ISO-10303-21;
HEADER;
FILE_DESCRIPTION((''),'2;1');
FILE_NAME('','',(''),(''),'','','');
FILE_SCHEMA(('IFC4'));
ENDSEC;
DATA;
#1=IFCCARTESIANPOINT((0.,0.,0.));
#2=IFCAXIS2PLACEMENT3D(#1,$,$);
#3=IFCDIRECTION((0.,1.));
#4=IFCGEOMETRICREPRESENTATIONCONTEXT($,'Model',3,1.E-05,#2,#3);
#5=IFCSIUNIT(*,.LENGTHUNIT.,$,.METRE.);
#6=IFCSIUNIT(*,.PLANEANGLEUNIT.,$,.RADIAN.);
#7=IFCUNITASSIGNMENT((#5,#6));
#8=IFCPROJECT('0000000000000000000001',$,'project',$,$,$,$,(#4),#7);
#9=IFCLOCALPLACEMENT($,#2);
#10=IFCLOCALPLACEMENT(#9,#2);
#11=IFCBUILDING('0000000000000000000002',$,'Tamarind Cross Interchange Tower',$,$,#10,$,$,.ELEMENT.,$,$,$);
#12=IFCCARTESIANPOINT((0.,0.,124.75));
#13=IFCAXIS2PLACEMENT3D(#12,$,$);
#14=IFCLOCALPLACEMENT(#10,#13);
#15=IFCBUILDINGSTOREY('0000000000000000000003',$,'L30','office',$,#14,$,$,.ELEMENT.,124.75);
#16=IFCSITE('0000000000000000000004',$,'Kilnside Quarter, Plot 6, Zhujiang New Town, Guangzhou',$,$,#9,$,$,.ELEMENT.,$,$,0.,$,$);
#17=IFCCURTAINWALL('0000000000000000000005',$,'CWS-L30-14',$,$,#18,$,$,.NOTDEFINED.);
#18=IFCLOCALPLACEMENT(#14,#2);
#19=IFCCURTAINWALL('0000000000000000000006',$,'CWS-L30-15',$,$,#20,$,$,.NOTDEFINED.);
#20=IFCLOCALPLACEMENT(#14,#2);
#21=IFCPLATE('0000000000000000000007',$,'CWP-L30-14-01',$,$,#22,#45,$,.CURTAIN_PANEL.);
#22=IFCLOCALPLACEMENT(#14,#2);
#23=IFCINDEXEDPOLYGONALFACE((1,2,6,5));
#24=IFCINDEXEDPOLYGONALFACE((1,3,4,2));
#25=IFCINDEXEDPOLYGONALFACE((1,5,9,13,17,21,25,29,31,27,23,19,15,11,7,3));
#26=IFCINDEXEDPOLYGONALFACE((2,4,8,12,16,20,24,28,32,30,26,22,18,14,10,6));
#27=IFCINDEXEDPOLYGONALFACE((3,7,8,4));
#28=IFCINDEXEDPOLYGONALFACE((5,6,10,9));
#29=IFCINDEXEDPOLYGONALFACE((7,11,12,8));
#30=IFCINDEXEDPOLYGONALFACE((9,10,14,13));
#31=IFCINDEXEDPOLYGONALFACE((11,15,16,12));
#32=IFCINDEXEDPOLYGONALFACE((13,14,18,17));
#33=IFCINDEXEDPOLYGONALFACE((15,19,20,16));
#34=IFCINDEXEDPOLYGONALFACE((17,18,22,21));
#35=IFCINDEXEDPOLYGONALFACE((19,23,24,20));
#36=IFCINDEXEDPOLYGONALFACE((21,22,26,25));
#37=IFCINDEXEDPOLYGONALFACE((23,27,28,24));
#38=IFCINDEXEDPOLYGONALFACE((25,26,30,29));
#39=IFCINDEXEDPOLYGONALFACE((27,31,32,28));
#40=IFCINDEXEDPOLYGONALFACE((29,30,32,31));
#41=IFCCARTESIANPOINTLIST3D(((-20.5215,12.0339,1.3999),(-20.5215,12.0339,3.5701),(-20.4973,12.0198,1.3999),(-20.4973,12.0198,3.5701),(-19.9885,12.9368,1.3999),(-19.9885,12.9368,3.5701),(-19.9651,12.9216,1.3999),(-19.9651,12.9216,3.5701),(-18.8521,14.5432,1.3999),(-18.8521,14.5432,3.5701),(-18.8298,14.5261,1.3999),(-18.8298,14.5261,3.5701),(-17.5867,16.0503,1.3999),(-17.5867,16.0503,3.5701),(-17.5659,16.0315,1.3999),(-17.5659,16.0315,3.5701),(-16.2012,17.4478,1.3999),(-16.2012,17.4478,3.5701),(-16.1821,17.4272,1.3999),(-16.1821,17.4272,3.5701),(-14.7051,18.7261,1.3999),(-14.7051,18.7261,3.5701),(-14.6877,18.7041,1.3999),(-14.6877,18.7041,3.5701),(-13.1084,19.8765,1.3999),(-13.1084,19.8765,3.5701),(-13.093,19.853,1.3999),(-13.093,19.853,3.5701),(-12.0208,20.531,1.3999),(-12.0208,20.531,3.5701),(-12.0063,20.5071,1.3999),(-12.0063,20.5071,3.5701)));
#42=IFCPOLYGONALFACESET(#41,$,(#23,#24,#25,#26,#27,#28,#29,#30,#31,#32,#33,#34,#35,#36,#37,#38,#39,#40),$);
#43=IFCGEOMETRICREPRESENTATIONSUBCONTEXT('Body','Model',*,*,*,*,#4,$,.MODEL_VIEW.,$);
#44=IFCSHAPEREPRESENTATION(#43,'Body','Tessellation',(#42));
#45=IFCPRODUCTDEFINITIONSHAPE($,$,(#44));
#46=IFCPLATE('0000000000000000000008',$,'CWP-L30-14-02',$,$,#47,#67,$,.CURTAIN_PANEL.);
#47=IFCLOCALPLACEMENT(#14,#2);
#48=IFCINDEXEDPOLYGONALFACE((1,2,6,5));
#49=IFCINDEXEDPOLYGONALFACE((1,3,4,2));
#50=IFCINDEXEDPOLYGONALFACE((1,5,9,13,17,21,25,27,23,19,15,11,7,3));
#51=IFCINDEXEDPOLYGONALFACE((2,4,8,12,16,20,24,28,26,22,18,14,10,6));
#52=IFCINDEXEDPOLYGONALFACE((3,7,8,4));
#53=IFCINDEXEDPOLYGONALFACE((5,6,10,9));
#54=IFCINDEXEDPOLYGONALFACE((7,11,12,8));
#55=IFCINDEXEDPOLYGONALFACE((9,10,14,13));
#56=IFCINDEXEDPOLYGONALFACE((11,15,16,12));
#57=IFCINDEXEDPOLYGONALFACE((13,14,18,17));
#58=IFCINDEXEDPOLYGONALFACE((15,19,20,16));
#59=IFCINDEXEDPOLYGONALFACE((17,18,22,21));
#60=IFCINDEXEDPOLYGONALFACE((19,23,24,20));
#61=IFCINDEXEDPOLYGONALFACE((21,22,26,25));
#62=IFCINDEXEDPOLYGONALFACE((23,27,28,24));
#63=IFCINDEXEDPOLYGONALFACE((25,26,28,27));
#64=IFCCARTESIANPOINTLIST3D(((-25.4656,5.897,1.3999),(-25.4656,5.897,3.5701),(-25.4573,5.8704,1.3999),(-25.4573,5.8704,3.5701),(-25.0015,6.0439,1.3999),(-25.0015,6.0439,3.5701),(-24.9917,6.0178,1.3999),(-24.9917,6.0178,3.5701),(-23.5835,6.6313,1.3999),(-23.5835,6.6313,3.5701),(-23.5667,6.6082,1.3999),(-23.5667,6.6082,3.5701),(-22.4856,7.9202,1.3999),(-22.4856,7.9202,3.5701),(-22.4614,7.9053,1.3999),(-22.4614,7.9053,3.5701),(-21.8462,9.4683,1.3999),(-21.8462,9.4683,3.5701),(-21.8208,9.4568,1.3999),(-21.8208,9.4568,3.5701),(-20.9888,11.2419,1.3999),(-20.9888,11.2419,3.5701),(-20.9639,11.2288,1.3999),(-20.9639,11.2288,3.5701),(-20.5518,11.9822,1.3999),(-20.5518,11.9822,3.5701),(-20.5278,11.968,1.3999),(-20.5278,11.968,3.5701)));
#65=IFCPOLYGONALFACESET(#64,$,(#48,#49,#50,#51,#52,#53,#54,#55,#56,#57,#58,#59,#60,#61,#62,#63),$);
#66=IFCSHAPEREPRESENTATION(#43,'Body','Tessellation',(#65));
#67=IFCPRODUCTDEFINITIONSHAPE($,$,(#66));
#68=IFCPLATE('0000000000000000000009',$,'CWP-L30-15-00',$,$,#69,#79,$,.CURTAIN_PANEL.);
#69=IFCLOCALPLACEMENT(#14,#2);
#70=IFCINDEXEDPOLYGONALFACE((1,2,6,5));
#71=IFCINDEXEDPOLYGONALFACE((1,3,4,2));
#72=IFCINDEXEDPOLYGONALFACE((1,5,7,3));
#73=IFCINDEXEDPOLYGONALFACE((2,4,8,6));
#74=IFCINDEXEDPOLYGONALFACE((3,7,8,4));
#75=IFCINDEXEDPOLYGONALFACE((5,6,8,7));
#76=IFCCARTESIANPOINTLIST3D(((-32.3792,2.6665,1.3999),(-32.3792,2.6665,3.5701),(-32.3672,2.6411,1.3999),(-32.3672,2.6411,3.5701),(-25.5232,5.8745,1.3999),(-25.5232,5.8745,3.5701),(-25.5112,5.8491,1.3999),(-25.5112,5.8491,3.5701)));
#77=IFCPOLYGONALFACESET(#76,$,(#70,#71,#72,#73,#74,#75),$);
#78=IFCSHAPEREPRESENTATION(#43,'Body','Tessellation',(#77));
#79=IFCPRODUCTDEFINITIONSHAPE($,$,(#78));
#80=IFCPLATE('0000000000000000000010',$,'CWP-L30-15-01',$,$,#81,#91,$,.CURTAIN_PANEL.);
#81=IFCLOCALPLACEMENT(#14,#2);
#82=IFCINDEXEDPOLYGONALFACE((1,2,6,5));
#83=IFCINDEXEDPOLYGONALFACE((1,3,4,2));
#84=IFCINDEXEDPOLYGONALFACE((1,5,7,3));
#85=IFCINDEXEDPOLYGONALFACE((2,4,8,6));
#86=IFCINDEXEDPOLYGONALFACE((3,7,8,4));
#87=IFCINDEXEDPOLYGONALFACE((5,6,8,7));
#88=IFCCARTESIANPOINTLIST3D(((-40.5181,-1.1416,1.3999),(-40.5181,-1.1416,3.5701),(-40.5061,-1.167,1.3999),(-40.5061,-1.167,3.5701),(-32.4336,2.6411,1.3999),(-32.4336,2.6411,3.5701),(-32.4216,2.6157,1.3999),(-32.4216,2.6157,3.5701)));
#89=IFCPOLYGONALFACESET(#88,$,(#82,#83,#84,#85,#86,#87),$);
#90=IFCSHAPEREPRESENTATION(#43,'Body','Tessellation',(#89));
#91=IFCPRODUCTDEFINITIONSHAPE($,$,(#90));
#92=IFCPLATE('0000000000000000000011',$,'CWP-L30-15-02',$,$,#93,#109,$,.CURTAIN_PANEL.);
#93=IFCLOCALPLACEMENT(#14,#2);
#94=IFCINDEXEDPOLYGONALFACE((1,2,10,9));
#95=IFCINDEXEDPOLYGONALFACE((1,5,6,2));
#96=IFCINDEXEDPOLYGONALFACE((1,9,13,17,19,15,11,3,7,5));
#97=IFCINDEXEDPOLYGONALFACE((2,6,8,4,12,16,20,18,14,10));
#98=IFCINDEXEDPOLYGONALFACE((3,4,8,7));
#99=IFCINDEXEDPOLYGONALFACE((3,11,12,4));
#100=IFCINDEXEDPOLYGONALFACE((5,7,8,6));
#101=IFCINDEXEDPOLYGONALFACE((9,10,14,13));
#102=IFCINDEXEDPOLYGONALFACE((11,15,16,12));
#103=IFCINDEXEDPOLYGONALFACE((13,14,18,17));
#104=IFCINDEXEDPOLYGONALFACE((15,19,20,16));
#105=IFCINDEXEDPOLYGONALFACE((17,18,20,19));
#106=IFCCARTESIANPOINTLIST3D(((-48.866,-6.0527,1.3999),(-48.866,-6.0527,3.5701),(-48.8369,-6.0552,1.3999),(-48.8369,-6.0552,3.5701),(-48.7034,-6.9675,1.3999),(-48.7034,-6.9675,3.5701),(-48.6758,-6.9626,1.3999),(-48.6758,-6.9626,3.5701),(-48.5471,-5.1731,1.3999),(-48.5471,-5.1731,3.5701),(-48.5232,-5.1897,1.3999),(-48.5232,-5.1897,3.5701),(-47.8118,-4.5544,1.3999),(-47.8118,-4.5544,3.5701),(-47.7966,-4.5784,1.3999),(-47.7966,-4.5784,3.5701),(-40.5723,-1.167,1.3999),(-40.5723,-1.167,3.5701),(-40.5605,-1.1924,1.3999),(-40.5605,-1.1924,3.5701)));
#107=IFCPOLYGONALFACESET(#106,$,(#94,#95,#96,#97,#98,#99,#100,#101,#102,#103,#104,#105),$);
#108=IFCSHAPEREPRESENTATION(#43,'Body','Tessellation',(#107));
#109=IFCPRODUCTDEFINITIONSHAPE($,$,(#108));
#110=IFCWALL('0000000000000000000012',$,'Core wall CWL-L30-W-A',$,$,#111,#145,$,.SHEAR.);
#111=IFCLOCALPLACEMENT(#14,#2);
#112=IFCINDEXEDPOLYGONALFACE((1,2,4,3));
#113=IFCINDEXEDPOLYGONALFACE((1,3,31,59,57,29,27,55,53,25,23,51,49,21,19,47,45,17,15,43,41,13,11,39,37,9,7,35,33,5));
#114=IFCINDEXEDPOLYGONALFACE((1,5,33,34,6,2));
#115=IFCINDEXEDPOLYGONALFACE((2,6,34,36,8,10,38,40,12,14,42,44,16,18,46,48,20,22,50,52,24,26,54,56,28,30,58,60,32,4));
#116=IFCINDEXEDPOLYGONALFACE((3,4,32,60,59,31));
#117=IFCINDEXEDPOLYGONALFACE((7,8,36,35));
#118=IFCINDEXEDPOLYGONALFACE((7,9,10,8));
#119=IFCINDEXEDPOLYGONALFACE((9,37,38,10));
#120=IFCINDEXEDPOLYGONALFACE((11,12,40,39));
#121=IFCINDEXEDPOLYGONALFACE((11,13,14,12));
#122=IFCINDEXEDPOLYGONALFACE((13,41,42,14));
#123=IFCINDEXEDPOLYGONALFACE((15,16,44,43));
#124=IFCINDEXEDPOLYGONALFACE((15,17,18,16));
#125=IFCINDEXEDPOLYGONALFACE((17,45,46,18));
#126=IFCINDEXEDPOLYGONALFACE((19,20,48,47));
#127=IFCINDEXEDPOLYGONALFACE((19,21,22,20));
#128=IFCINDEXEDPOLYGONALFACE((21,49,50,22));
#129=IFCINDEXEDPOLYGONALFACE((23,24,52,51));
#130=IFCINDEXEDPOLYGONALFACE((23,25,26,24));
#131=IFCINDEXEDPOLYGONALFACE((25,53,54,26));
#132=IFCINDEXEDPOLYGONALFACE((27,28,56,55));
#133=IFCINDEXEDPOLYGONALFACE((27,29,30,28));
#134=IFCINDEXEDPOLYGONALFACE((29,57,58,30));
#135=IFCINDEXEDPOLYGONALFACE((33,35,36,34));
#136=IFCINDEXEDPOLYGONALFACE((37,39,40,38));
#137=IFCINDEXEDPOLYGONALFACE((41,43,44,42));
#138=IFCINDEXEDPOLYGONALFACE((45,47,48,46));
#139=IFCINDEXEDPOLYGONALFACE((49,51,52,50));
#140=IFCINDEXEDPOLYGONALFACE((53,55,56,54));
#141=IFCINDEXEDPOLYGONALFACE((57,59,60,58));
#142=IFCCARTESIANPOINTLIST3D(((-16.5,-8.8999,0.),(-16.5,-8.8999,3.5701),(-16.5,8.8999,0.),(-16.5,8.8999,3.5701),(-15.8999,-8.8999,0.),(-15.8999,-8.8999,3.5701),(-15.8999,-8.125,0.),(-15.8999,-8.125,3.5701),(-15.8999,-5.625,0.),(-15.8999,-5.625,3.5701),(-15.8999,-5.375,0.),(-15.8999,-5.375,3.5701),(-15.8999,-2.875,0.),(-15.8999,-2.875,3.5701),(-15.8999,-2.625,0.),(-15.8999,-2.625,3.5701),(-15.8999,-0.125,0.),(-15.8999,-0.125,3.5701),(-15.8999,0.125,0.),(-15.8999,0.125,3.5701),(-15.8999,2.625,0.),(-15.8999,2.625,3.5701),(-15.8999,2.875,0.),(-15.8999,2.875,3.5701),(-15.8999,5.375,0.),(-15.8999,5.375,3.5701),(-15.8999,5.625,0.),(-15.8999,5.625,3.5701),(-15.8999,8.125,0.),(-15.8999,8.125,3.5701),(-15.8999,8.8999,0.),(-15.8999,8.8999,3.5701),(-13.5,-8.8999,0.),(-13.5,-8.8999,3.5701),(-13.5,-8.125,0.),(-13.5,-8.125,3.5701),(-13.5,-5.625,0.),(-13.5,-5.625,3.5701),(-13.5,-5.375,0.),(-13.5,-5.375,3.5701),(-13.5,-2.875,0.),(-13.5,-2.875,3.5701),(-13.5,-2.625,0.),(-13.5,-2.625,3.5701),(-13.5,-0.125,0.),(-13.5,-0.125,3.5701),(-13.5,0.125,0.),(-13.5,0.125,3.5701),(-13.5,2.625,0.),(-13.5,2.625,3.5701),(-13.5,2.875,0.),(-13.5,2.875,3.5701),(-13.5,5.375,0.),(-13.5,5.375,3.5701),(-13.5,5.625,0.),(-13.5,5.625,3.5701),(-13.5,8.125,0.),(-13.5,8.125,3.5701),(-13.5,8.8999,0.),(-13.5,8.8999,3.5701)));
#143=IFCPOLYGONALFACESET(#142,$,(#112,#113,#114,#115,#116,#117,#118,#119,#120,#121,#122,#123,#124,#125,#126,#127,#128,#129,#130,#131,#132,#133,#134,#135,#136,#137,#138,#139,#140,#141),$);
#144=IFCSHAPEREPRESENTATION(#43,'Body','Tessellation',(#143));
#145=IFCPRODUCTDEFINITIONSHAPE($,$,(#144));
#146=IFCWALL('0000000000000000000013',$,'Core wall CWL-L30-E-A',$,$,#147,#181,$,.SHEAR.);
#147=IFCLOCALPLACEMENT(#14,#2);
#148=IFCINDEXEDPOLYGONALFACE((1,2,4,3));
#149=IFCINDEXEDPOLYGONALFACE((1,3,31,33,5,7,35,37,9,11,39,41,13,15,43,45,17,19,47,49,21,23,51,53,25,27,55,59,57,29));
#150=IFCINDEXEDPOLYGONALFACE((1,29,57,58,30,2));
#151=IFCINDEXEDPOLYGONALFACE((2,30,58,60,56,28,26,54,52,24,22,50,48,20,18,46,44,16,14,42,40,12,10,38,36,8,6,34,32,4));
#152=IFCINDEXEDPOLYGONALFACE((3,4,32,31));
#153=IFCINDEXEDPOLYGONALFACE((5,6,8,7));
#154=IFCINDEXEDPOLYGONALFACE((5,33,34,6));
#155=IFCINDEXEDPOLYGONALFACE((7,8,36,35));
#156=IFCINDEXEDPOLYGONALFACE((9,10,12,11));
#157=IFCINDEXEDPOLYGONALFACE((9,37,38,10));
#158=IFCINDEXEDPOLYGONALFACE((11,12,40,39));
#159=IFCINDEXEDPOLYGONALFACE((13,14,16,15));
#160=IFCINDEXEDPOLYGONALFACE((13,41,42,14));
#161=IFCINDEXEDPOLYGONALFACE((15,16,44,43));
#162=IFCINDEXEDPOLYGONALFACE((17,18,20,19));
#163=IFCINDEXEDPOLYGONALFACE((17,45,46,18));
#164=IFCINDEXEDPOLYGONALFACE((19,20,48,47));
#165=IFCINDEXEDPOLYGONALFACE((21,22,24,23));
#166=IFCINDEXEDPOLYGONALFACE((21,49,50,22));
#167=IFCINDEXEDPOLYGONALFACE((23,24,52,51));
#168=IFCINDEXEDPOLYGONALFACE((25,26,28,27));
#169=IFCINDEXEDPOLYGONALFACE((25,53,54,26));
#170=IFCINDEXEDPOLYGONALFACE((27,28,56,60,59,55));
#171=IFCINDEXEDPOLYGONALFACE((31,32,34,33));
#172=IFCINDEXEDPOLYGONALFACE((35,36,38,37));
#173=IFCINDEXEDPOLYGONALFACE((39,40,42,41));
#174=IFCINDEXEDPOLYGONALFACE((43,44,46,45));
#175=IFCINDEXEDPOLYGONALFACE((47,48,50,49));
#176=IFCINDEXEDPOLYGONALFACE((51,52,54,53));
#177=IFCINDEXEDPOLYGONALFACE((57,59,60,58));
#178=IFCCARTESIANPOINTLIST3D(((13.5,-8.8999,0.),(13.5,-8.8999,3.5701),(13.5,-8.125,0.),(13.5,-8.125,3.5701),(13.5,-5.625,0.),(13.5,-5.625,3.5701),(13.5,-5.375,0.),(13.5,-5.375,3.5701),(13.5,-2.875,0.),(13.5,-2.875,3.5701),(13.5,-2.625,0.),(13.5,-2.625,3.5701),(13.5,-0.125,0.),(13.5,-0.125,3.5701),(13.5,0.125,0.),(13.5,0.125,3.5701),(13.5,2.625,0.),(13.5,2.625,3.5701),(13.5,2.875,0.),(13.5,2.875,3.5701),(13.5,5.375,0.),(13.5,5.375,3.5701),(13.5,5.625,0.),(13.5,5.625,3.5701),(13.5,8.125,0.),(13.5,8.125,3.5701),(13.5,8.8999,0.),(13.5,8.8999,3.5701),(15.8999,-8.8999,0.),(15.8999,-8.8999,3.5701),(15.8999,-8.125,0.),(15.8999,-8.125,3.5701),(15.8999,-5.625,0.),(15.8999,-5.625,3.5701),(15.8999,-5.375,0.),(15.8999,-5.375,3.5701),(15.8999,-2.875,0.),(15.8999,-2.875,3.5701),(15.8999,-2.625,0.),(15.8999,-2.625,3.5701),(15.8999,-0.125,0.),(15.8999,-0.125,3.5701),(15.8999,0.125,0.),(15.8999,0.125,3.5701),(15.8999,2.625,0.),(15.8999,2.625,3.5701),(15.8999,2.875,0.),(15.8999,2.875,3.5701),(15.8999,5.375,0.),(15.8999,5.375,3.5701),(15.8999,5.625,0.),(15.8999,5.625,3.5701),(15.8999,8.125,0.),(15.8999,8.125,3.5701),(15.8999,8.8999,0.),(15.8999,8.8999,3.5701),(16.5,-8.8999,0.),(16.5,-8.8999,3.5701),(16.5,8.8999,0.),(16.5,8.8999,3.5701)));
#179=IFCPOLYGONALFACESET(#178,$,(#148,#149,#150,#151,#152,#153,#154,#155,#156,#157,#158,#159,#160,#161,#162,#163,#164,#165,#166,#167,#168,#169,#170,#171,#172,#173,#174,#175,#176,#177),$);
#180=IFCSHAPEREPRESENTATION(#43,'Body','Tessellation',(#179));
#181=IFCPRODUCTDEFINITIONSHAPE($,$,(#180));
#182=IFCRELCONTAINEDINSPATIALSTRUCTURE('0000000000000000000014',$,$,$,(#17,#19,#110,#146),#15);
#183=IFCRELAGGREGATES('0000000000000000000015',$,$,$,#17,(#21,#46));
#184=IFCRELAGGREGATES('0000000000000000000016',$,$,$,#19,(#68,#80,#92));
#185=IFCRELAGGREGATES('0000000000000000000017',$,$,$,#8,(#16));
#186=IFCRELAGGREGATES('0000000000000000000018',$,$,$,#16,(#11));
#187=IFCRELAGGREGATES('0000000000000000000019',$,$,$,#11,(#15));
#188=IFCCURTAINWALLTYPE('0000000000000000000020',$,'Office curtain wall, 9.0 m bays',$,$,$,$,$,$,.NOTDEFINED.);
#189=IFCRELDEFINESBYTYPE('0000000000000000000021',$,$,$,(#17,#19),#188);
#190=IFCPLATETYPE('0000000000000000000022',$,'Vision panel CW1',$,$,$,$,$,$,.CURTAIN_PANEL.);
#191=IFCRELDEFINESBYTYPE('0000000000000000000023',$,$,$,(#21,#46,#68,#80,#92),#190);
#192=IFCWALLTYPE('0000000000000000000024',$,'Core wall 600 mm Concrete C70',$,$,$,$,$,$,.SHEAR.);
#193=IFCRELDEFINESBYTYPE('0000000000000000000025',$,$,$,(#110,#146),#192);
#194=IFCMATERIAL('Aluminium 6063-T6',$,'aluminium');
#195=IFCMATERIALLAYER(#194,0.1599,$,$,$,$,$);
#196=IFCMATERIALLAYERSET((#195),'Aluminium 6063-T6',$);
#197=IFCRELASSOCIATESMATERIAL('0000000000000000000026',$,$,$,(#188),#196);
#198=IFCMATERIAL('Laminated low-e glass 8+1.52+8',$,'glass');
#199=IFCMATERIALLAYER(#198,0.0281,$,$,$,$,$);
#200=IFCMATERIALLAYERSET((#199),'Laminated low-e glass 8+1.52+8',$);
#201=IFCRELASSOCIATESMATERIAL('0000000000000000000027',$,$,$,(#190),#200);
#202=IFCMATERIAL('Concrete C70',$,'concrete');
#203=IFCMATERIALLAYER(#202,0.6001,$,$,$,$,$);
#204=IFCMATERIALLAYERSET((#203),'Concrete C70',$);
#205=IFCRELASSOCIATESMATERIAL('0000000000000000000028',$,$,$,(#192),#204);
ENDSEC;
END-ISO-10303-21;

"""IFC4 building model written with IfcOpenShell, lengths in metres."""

from ifc_helpers import new_model, si_unit, direction, frame, origin, place, context, subcontext, project, spatial, polyline, outline, extrude, material, layer, layer_set, type_object, element, aggregate, save


model = new_model("IFC4")

# Units and contexts
model_context = context("Model", 3, precision=1e-05, world=origin(), true_north=direction((0.0, 1.0)))
body_context = subcontext(model_context, "Body", "Model", "MODEL_VIEW")
ifc_project = project(units=[si_unit("LENGTHUNIT", "METRE"), si_unit("PLANEANGLEUNIT", "RADIAN")], contexts=[model_context])

# Site, building, storey
site_placement = place(None, origin())
site = spatial("IfcSite", under=ifc_project, at=site_placement, Name="Kilnside Quarter, Plot 6, Zhujiang New Town, Guangzhou", CompositionType="ELEMENT", RefElevation=0.0)
building_placement = place(site_placement, origin())
building = spatial("IfcBuilding", under=site, at=building_placement, Name="Tamarind Cross Interchange Tower", CompositionType="ELEMENT")
storey_placement = place(building_placement, frame((0.0, 0.0, 124.75)))
storey = spatial("IfcBuildingStorey", under=building, at=storey_placement, Name="L30", Description="office", CompositionType="ELEMENT", Elevation=124.75)

# Curtain walls
ifc_material_1 = material(Name="Aluminium 6063-T6", Category="aluminium")
ifc_layer_1 = layer(ifc_material_1, 0.1599)
ifc_layer_set_1 = layer_set([ifc_layer_1], Name="Aluminium 6063-T6")
curtain_wall_type = type_object("IfcCurtainWallType", Name="Office curtain wall, 9.0 m bays", PredefinedType="NOTDEFINED", material=ifc_layer_set_1)
curtain_wall_1_placement = place(storey_placement, origin())
curtain_wall_1 = element("IfcCurtainWall", 1, at=curtain_wall_1_placement, inside=storey, type_object=curtain_wall_type, Name="CWS-L30-14", PredefinedType="NOTDEFINED")
curtain_wall_2_placement = place(storey_placement, origin())
curtain_wall_2 = element("IfcCurtainWall", 2, at=curtain_wall_2_placement, inside=storey, type_object=curtain_wall_type, Name="CWS-L30-15", PredefinedType="NOTDEFINED")

# Plates
ifc_material_2 = material(Name="Laminated low-e glass 8+1.52+8", Category="glass")
ifc_layer_2 = layer(ifc_material_2, 0.0281)
ifc_layer_set_2 = layer_set([ifc_layer_2], Name="Laminated low-e glass 8+1.52+8")
plate_type = type_object("IfcPlateType", Name="Vision panel CW1", PredefinedType="CURTAIN_PANEL", material=ifc_layer_set_2)
plate_1_placement = place(storey_placement, frame((0.0, 0.0, 1.3999)))
plate_1 = element("IfcPlate", 3, at=plate_1_placement, type_object=plate_type, Name="CWP-L30-14-01", PredefinedType="CURTAIN_PANEL", context=body_context, shape_type="SweptSolid", body=[
    extrude(outline(polyline([(-12.0063, 20.5071), (-13.093, 19.853), (-14.6877, 18.7041), (-16.1821, 17.4272), (-17.5659, 16.0315), (-18.8298, 14.5261), (-19.9651, 12.9216), (-20.4973, 12.0198), (-20.5215, 12.0339), (-19.9885, 12.9368), (-18.8521, 14.5432), (-17.5867, 16.0503), (-16.2012, 17.4478), (-14.7051, 18.7261), (-13.1084, 19.8765), (-12.0208, 20.531), (-12.0063, 20.5071)])), origin(), (0.0, 0.0, 1.0), 2.1702),
])
plate_2_placement = place(storey_placement, frame((0.0, 0.0, 1.3999)))
plate_2 = element("IfcPlate", 4, at=plate_2_placement, type_object=plate_type, Name="CWP-L30-14-02", PredefinedType="CURTAIN_PANEL", context=body_context, shape_type="SweptSolid", body=[
    extrude(outline(polyline([(-20.5278, 11.968), (-20.9639, 11.2288), (-21.8208, 9.4568), (-22.4614, 7.9053), (-23.5667, 6.6082), (-24.9917, 6.0178), (-25.4573, 5.8704), (-25.4656, 5.897), (-25.0015, 6.0439), (-23.5835, 6.6313), (-22.4856, 7.9202), (-21.8462, 9.4683), (-20.9888, 11.2419), (-20.5518, 11.9822), (-20.5278, 11.968)])), origin(), (0.0, 0.0, 1.0), 2.1702),
])
aggregate(curtain_wall_1, [plate_1, plate_2])
plate_3_placement = place(storey_placement, frame((0.0, 0.0, 1.3999)))
plate_3 = element("IfcPlate", 5, at=plate_3_placement, type_object=plate_type, Name="CWP-L30-15-00", PredefinedType="CURTAIN_PANEL", context=body_context, shape_type="SweptSolid", body=[
    extrude(outline(polyline([(-25.5112, 5.8491), (-32.3672, 2.6411), (-32.3792, 2.6665), (-25.5232, 5.8745), (-25.5112, 5.8491)])), origin(), (0.0, 0.0, 1.0), 2.1702),
])
plate_4_placement = place(storey_placement, frame((0.0, 0.0, 1.3999)))
plate_4 = element("IfcPlate", 6, at=plate_4_placement, type_object=plate_type, Name="CWP-L30-15-01", PredefinedType="CURTAIN_PANEL", context=body_context, shape_type="SweptSolid", body=[
    extrude(outline(polyline([(-32.4216, 2.6157), (-40.5061, -1.167), (-40.5181, -1.1416), (-32.4336, 2.6411), (-32.4216, 2.6157)])), origin(), (0.0, 0.0, 1.0), 2.1702),
])
plate_5_placement = place(storey_placement, frame((0.0, 0.0, 1.3999)))
plate_5 = element("IfcPlate", 7, at=plate_5_placement, type_object=plate_type, Name="CWP-L30-15-02", PredefinedType="CURTAIN_PANEL", context=body_context, shape_type="SweptSolid", body=[
    extrude(outline(polyline([(-40.5605, -1.1924), (-47.7966, -4.5784), (-48.5232, -5.1897), (-48.8369, -6.0552), (-48.6758, -6.9626), (-48.7034, -6.9675), (-48.866, -6.0527), (-48.5471, -5.1731), (-47.8118, -4.5544), (-40.5723, -1.167), (-40.5605, -1.1924)])), origin(), (0.0, 0.0, 1.0), 2.1702),
])
aggregate(curtain_wall_2, [plate_3, plate_4, plate_5])

# Walls
ifc_material_3 = material(Name="Concrete C70", Category="concrete")
ifc_layer_3 = layer(ifc_material_3, 0.6001)
ifc_layer_set_3 = layer_set([ifc_layer_3], Name="Concrete C70")
wall_type_1 = type_object("IfcWallType", Name="Core wall 600 mm Concrete C70", PredefinedType="SHEAR", material=ifc_layer_set_3)
wall_1_placement = place(storey_placement, origin())
element("IfcWall", 8, at=wall_1_placement, inside=storey, type_object=wall_type_1, Name="Core wall CWL-L30-W-A", PredefinedType="SHEAR", context=body_context, shape_type="SweptSolid", body=[
    extrude(outline(polyline([(-13.5, -8.8999), (-13.5, -8.125), (-15.8999, -8.125), (-15.8999, -5.625), (-13.5, -5.625), (-13.5, -5.375), (-15.8999, -5.375), (-15.8999, -2.875), (-13.5, -2.875), (-13.5, -2.625), (-15.8999, -2.625), (-15.8999, -0.125), (-13.5, -0.125), (-13.5, 0.125), (-15.8999, 0.125), (-15.8999, 2.625), (-13.5, 2.625), (-13.5, 2.875), (-15.8999, 2.875), (-15.8999, 5.375), (-13.5, 5.375), (-13.5, 5.625), (-15.8999, 5.625), (-15.8999, 8.125), (-13.5, 8.125), (-13.5, 8.8999), (-15.8999, 8.8999), (-16.5, 8.8999), (-16.5, -8.8999), (-15.8999, -8.8999), (-13.5, -8.8999)])), origin(), (0.0, 0.0, 1.0), 3.5701),
])
wall_2_placement = place(storey_placement, origin())
element("IfcWall", 9, at=wall_2_placement, inside=storey, type_object=wall_type_1, Name="Core wall CWL-L30-E-A", PredefinedType="SHEAR", context=body_context, shape_type="SweptSolid", body=[
    extrude(outline(polyline([(13.5, -8.8999), (15.8999, -8.8999), (16.5, -8.8999), (16.5, 8.8999), (15.8999, 8.8999), (13.5, 8.8999), (13.5, 8.125), (15.8999, 8.125), (15.8999, 5.625), (13.5, 5.625), (13.5, 5.375), (15.8999, 5.375), (15.8999, 2.875), (13.5, 2.875), (13.5, 2.625), (15.8999, 2.625), (15.8999, 0.125), (13.5, 0.125), (13.5, -0.125), (15.8999, -0.125), (15.8999, -2.625), (13.5, -2.625), (13.5, -2.875), (15.8999, -2.875), (15.8999, -5.375), (13.5, -5.375), (13.5, -5.625), (15.8999, -5.625), (15.8999, -8.125), (13.5, -8.125), (13.5, -8.8999)])), origin(), (0.0, 0.0, 1.0), 3.5701),
])

save(model, "model.ifc")
